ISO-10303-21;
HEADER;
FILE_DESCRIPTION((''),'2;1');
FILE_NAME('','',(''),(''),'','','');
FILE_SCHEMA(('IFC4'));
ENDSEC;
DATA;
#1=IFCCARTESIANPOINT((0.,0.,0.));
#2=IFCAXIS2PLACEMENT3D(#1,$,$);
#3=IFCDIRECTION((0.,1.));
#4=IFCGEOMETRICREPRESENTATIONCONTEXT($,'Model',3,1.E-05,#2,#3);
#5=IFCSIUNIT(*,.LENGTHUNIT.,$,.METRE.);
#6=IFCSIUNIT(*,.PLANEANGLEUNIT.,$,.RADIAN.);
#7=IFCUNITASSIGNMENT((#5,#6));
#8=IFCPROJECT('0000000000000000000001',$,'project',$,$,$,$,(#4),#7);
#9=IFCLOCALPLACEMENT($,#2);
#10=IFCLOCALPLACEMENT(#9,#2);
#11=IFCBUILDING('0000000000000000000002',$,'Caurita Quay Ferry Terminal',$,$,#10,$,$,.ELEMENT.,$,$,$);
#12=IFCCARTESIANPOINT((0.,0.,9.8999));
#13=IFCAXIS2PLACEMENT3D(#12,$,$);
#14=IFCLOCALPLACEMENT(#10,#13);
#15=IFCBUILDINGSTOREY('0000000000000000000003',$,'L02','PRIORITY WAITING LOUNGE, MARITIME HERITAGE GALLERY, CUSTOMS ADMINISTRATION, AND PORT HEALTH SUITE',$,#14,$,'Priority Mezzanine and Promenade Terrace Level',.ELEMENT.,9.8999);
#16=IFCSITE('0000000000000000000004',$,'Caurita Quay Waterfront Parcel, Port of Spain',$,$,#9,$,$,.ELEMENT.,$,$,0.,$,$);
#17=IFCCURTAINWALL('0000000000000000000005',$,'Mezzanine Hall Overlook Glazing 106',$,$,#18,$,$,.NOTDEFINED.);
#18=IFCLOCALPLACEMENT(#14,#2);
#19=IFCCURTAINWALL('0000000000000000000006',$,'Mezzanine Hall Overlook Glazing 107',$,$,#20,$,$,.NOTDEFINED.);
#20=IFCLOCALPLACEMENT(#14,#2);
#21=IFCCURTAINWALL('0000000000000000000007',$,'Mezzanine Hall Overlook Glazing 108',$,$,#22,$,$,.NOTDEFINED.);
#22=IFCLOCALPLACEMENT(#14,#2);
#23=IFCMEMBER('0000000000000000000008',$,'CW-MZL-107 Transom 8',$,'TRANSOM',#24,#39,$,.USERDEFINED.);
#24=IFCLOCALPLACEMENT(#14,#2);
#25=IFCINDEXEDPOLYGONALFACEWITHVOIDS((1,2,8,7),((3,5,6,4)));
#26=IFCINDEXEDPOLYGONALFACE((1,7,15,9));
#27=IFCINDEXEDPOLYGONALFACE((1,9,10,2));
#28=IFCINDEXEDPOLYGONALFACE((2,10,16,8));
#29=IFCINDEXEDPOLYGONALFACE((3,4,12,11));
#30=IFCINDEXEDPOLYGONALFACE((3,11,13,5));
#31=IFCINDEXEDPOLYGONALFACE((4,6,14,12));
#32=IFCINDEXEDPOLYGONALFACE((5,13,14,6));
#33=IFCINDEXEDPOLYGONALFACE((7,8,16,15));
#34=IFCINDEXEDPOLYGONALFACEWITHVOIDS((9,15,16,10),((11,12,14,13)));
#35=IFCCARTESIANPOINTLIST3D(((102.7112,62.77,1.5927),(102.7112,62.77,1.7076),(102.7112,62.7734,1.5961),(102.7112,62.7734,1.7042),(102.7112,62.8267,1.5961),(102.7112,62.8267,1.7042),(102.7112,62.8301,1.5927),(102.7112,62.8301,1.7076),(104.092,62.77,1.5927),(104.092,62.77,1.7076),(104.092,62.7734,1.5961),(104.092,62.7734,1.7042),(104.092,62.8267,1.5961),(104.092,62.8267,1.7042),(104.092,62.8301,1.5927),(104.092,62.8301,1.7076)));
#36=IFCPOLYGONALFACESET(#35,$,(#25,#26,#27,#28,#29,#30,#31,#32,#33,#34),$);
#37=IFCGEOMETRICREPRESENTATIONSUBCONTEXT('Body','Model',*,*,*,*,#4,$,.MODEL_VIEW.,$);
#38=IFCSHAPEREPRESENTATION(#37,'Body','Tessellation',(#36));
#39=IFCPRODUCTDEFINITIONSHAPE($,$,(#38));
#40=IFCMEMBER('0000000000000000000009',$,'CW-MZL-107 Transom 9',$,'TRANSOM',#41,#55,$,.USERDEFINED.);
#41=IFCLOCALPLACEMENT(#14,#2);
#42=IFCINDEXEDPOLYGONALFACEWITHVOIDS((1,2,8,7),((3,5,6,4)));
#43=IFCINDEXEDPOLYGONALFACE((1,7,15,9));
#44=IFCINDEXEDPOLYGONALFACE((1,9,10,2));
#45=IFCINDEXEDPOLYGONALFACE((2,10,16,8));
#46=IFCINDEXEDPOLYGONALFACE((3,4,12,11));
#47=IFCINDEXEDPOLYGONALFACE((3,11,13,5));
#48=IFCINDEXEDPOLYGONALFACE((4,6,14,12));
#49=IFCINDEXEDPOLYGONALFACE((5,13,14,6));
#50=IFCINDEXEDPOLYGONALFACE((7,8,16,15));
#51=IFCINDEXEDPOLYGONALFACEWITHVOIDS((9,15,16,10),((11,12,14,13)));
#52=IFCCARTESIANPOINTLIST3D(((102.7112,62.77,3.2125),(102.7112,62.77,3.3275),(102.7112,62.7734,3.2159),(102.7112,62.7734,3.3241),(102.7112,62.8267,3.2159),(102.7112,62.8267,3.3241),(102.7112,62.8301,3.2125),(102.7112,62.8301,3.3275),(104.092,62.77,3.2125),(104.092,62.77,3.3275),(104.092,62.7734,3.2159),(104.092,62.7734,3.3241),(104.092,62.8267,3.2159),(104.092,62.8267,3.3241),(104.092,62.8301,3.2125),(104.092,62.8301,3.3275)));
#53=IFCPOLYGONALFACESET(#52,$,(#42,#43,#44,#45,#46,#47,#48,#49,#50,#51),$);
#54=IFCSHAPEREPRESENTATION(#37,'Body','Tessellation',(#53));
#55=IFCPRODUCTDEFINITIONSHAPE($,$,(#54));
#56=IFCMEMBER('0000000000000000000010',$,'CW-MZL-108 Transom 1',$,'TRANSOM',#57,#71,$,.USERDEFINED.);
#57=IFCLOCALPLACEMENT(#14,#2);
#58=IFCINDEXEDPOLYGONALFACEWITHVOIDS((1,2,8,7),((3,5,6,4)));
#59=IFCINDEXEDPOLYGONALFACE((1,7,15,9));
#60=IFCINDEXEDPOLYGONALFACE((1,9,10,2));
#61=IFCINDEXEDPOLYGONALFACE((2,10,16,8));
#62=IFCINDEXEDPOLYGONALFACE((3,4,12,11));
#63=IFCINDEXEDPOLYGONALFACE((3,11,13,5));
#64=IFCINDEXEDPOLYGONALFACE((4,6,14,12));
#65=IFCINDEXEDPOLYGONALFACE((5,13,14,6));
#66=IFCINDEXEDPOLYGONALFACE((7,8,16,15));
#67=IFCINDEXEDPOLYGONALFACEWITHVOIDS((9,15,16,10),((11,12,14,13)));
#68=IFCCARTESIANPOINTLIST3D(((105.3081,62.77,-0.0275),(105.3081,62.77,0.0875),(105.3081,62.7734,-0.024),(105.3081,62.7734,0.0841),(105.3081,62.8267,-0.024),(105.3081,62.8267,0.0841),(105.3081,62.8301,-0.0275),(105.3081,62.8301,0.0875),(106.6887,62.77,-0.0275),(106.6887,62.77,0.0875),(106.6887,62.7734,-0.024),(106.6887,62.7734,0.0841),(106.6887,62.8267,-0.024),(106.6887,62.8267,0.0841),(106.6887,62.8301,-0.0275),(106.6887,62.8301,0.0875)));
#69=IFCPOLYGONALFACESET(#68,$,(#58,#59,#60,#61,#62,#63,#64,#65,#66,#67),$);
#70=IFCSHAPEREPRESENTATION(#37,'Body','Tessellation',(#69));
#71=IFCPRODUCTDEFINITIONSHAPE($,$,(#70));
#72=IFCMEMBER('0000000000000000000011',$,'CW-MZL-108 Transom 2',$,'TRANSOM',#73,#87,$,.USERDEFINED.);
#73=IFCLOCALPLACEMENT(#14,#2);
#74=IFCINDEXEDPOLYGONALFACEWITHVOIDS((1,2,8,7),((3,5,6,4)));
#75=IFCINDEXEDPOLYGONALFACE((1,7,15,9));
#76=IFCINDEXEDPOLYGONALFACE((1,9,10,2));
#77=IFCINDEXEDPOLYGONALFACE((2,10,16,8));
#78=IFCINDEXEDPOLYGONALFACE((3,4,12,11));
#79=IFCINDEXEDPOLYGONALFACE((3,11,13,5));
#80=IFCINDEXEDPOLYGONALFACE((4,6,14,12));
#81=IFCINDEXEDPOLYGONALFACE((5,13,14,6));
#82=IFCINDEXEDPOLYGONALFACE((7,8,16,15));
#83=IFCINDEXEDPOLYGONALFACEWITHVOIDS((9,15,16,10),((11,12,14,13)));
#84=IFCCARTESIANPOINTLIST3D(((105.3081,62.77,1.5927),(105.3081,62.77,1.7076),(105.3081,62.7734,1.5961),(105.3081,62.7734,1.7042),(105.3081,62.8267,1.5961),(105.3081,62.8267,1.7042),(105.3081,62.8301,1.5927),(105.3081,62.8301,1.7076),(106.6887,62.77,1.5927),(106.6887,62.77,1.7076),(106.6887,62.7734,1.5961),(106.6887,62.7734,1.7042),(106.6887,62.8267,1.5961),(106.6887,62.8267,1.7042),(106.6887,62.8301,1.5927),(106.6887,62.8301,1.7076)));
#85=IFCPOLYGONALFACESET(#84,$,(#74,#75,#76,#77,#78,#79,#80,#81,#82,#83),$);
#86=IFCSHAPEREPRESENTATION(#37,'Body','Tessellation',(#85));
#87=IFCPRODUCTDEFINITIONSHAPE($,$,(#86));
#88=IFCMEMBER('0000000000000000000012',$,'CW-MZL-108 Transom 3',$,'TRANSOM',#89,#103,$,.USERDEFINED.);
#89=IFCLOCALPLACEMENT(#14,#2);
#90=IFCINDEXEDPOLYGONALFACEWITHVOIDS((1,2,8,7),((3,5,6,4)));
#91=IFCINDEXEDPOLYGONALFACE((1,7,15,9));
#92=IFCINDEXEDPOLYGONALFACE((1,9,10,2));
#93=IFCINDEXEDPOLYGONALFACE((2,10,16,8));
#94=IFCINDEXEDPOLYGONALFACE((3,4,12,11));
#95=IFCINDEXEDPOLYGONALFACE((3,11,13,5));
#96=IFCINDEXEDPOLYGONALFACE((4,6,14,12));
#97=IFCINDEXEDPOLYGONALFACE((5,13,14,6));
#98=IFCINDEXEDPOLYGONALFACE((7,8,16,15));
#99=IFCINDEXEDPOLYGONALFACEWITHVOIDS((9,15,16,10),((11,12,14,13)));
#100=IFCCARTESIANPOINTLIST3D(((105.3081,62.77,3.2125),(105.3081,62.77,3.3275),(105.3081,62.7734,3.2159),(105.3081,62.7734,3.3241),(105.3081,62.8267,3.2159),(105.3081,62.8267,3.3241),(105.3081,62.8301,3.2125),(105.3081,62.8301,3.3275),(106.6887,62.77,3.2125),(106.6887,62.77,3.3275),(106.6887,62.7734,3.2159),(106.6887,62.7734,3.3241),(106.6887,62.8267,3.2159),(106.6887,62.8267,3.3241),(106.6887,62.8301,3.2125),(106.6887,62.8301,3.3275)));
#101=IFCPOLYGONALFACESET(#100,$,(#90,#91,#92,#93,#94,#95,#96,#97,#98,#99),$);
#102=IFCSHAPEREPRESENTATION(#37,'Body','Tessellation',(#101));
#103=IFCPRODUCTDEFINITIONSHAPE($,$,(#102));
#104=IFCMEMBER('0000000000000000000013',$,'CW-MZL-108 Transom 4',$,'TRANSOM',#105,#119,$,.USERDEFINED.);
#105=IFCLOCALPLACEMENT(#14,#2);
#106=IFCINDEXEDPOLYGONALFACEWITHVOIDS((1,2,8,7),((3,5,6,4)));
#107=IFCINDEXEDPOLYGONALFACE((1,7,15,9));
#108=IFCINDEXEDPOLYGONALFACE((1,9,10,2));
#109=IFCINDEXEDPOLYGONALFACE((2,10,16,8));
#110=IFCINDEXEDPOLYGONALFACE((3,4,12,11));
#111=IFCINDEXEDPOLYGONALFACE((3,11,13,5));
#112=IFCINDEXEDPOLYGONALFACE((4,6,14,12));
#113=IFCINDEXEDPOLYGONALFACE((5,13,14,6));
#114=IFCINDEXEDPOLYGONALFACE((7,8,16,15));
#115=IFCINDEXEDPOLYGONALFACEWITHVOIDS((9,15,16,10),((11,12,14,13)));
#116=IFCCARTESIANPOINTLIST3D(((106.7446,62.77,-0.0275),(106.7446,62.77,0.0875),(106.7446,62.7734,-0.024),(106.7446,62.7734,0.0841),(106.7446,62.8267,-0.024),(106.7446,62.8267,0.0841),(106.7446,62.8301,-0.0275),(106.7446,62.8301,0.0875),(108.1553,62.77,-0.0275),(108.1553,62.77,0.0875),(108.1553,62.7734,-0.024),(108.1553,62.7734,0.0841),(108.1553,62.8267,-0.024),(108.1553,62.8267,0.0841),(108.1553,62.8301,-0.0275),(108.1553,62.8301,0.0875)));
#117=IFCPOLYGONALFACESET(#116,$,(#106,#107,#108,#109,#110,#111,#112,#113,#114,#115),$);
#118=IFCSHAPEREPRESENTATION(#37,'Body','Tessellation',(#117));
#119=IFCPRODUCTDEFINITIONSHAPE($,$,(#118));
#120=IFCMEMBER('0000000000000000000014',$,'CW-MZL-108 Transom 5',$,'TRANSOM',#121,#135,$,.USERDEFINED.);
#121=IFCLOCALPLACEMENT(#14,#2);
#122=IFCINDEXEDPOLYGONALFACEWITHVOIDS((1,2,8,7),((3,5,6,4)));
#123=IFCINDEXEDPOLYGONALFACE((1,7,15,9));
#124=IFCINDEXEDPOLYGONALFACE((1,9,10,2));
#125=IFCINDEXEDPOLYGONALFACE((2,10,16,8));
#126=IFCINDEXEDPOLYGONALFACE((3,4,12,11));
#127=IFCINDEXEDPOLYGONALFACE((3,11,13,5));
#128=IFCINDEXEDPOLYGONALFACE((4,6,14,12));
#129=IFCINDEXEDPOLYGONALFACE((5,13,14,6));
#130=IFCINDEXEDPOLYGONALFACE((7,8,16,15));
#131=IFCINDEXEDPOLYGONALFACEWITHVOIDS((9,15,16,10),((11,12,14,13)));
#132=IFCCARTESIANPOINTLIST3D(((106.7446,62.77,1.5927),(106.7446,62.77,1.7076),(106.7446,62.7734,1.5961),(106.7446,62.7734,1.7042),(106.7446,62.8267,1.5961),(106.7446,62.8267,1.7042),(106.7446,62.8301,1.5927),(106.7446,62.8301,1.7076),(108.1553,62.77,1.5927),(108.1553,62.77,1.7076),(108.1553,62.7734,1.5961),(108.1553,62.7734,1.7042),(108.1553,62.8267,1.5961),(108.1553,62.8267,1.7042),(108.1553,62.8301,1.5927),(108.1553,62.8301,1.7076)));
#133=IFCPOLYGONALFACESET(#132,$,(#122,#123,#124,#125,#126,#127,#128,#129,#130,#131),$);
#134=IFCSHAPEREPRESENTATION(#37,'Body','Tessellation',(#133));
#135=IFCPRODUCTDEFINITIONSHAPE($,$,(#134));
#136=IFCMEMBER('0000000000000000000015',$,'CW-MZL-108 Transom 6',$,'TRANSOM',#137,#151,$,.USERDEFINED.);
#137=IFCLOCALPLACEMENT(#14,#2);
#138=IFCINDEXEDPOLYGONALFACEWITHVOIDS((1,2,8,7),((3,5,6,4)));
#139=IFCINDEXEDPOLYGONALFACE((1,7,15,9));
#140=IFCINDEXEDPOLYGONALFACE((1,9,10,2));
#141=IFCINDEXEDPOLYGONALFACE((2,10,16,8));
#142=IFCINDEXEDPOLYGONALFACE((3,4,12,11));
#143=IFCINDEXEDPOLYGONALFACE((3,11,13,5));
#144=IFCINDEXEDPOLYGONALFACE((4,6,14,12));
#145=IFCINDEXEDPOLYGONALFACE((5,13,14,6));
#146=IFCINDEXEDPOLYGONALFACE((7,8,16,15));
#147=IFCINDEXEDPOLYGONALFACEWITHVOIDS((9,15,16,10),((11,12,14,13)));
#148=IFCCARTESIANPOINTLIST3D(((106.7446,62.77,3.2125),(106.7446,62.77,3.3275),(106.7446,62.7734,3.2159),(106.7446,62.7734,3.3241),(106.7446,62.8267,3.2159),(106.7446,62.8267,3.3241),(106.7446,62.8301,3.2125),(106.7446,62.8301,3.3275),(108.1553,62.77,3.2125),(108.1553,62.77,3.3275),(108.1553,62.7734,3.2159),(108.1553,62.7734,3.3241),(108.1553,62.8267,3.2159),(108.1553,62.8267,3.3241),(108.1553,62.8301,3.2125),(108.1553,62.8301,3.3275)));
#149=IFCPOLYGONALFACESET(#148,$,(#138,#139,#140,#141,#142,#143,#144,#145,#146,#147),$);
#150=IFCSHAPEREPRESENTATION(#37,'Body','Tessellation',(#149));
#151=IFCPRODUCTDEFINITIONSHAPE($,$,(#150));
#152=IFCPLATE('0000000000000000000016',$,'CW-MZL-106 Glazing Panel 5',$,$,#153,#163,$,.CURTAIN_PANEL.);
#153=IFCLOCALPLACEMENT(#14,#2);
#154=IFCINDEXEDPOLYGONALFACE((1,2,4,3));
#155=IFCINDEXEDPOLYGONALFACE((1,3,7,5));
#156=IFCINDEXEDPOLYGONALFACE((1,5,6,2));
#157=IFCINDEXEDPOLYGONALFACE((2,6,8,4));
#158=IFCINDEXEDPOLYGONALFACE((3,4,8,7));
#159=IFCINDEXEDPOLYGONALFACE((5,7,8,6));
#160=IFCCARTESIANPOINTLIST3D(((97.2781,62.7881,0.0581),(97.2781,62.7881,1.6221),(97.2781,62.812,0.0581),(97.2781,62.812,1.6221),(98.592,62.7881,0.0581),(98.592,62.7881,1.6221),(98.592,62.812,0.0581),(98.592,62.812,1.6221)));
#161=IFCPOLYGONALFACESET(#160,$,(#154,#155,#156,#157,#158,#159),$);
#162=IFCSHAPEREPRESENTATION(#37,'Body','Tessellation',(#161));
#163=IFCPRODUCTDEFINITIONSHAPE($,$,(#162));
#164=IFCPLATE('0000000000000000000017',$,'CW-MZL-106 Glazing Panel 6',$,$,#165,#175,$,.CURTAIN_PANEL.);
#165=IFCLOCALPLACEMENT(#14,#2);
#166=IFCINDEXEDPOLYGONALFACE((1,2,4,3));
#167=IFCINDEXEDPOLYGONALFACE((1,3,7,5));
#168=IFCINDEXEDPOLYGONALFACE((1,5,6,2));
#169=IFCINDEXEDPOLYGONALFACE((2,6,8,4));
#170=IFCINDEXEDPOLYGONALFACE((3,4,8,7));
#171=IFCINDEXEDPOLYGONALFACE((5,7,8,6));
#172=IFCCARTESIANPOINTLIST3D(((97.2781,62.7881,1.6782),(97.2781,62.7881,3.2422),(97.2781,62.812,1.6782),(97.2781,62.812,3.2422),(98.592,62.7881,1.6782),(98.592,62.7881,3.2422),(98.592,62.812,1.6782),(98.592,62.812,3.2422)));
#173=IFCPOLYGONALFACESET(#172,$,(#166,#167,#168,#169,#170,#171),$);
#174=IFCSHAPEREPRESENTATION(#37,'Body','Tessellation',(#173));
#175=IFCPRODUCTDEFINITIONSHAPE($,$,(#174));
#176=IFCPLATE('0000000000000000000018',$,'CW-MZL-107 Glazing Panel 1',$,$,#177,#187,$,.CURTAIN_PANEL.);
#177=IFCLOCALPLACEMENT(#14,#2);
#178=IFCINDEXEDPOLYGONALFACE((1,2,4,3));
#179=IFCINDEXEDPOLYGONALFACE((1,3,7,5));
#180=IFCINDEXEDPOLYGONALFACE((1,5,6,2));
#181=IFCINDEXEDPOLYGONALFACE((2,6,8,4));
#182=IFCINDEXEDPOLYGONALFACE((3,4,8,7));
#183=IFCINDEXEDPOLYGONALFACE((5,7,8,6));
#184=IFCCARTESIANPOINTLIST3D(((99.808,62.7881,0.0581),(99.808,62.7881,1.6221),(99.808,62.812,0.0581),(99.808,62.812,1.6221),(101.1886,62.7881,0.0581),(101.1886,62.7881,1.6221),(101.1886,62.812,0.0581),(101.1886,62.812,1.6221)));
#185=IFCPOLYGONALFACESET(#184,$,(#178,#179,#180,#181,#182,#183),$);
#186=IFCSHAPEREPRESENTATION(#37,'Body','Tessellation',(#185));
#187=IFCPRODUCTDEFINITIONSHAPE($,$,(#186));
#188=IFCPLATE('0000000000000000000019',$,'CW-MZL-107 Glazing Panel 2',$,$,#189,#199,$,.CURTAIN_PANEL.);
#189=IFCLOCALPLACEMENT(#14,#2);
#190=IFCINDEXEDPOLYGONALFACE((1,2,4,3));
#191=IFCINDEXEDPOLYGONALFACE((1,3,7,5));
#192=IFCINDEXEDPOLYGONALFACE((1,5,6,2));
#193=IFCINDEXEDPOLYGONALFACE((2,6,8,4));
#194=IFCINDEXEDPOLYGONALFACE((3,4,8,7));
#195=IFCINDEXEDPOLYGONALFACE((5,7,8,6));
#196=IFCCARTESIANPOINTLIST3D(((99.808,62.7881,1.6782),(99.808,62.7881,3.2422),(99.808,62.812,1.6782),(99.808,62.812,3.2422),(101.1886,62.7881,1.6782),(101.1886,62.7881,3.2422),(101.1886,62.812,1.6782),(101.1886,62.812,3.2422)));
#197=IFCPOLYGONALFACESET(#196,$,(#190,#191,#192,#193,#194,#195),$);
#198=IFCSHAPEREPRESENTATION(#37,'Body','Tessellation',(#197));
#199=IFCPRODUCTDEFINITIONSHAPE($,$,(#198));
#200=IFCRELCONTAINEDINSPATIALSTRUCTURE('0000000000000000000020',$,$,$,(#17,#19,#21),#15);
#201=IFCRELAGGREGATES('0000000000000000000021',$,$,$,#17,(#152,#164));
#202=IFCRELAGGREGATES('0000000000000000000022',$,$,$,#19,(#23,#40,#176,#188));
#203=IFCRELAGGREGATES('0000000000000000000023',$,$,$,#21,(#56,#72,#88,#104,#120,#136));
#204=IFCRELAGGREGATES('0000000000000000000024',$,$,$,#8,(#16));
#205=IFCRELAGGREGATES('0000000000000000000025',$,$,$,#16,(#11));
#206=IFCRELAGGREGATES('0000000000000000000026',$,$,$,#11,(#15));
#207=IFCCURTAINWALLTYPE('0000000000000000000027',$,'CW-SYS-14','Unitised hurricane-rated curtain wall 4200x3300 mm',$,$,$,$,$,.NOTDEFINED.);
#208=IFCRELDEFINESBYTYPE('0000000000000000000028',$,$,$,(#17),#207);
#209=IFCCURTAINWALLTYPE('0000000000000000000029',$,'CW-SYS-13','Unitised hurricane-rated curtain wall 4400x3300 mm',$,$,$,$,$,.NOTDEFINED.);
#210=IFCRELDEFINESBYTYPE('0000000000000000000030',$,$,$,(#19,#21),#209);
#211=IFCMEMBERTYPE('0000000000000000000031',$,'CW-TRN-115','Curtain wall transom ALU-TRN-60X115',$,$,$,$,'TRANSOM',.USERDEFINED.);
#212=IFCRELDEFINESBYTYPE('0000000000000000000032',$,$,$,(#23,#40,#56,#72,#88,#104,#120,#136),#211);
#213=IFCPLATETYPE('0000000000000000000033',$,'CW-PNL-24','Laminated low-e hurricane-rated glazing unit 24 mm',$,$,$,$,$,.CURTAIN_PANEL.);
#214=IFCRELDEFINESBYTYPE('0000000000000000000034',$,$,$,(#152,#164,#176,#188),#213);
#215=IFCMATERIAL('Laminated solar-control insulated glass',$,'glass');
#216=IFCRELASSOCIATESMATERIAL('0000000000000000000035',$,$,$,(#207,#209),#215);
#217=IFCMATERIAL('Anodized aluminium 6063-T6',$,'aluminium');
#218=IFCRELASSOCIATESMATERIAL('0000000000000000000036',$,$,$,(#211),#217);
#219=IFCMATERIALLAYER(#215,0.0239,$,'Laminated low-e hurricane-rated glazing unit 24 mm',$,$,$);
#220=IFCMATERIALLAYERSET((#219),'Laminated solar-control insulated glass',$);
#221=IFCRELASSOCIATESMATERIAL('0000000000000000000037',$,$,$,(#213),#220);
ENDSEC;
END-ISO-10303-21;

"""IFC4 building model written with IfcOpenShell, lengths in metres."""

from ifc_helpers import new_model, si_unit, direction, frame, origin, origin_2d, place, context, subcontext, project, spatial, rectangle, hollow_rectangle, extrude, material, layer, layer_set, material_profile, profile_set, type_object, element, aggregate, save


model = new_model("IFC4")

# Units and contexts
model_context = context("Model", 3, precision=1e-05, world=origin(), true_north=direction((0.0, 1.0)))
body_context = subcontext(model_context, "Body", "Model", "MODEL_VIEW")
ifc_project = project(units=[si_unit("LENGTHUNIT", "METRE"), si_unit("PLANEANGLEUNIT", "RADIAN")], contexts=[model_context])

# Site, building, storey
site_placement = place(None, origin())
site = spatial("IfcSite", under=ifc_project, at=site_placement, Name="Caurita Quay Waterfront Parcel, Port of Spain", CompositionType="ELEMENT", RefElevation=0.0)
building_placement = place(site_placement, origin())
building = spatial("IfcBuilding", under=site, at=building_placement, Name="Caurita Quay Ferry Terminal", CompositionType="ELEMENT")
storey_placement = place(building_placement, frame((0.0, 0.0, 9.8999)))
storey = spatial("IfcBuildingStorey", under=building, at=storey_placement, Name="L02", Description="PRIORITY WAITING LOUNGE, MARITIME HERITAGE GALLERY, CUSTOMS ADMINISTRATION, AND PORT HEALTH SUITE", LongName="Priority Mezzanine and Promenade Terrace Level", CompositionType="ELEMENT", Elevation=9.8999)

# Curtain walls
ifc_material_1 = material(Name="Laminated solar-control insulated glass", Category="glass")
curtain_wall_type_1 = type_object("IfcCurtainWallType", Name="CW-SYS-14", Description="Unitised hurricane-rated curtain wall 4200x3300 mm", PredefinedType="NOTDEFINED", material=ifc_material_1)
curtain_wall_1_placement = place(storey_placement, origin())
curtain_wall_1 = element("IfcCurtainWall", 1, at=curtain_wall_1_placement, inside=storey, type_object=curtain_wall_type_1, Name="Mezzanine Hall Overlook Glazing 106", PredefinedType="NOTDEFINED")
ifc_material_2 = material(Name="Anodized aluminium 6063-T6", Category="aluminium")
curtain_wall_type_2 = type_object("IfcCurtainWallType", Name="CW-SYS-13", Description="Unitised hurricane-rated curtain wall 4400x3300 mm", PredefinedType="NOTDEFINED", material=ifc_material_1)
curtain_wall_2_placement = place(storey_placement, origin())
curtain_wall_2 = element("IfcCurtainWall", 2, at=curtain_wall_2_placement, inside=storey, type_object=curtain_wall_type_2, Name="Mezzanine Hall Overlook Glazing 107", PredefinedType="NOTDEFINED")
curtain_wall_3_placement = place(storey_placement, origin())
curtain_wall_3 = element("IfcCurtainWall", 3, at=curtain_wall_3_placement, inside=storey, type_object=curtain_wall_type_2, Name="Mezzanine Hall Overlook Glazing 108", PredefinedType="NOTDEFINED")

# Members
ifc_material_profile_1 = material_profile(ifc_material_2, hollow_rectangle(XDim=0.0601, YDim=0.115, WallThickness=0.0034, at=origin_2d()), Name="ALU-TRN-60X115")
ifc_profile_set_1 = profile_set([ifc_material_profile_1], Name="Anodized aluminium 6063-T6")
member_type_1 = type_object("IfcMemberType", Name="CW-TRN-115", Description="Curtain wall transom ALU-TRN-60X115", ElementType="TRANSOM", PredefinedType="USERDEFINED", material=ifc_profile_set_1)
member_1_placement = place(storey_placement, frame((102.7112, 62.8, 1.6501), z_axis=(1.0, 0.0, 0.0), x_axis=(0.0, 1.0, 0.0)))
member_1 = element("IfcMember", 4, at=member_1_placement, type_object=member_type_1, Name="CW-MZL-107 Transom 8", ObjectType="TRANSOM", PredefinedType="USERDEFINED", context=body_context, shape_type="SweptSolid", body=[
    extrude(hollow_rectangle(XDim=0.0601, YDim=0.115, WallThickness=0.0034, at=origin_2d()), origin(), (0.0, 0.0, 1.0), 1.3809),
])
member_2_placement = place(storey_placement, frame((102.7112, 62.8, 3.27), z_axis=(1.0, 0.0, 0.0), x_axis=(0.0, 1.0, 0.0)))
member_2 = element("IfcMember", 5, at=member_2_placement, type_object=member_type_1, Name="CW-MZL-107 Transom 9", ObjectType="TRANSOM", PredefinedType="USERDEFINED", context=body_context, shape_type="SweptSolid", body=[
    extrude(hollow_rectangle(XDim=0.0601, YDim=0.115, WallThickness=0.0034, at=origin_2d()), origin(), (0.0, 0.0, 1.0), 1.3809),
])
member_3_placement = place(storey_placement, frame((105.3081, 62.8, 0.03), z_axis=(1.0, 0.0, 0.0), x_axis=(0.0, 1.0, 0.0)))
member_3 = element("IfcMember", 6, at=member_3_placement, type_object=member_type_1, Name="CW-MZL-108 Transom 1", ObjectType="TRANSOM", PredefinedType="USERDEFINED", context=body_context, shape_type="SweptSolid", body=[
    extrude(hollow_rectangle(XDim=0.0601, YDim=0.115, WallThickness=0.0034, at=origin_2d()), origin(), (0.0, 0.0, 1.0), 1.3806),
])
member_4_placement = place(storey_placement, frame((105.3081, 62.8, 1.6501), z_axis=(1.0, 0.0, 0.0), x_axis=(0.0, 1.0, 0.0)))
member_4 = element("IfcMember", 7, at=member_4_placement, type_object=member_type_1, Name="CW-MZL-108 Transom 2", ObjectType="TRANSOM", PredefinedType="USERDEFINED", context=body_context, shape_type="SweptSolid", body=[
    extrude(hollow_rectangle(XDim=0.0601, YDim=0.115, WallThickness=0.0034, at=origin_2d()), origin(), (0.0, 0.0, 1.0), 1.3806),
])
member_5_placement = place(storey_placement, frame((105.3081, 62.8, 3.27), z_axis=(1.0, 0.0, 0.0), x_axis=(0.0, 1.0, 0.0)))
member_5 = element("IfcMember", 8, at=member_5_placement, type_object=member_type_1, Name="CW-MZL-108 Transom 3", ObjectType="TRANSOM", PredefinedType="USERDEFINED", context=body_context, shape_type="SweptSolid", body=[
    extrude(hollow_rectangle(XDim=0.0601, YDim=0.115, WallThickness=0.0034, at=origin_2d()), origin(), (0.0, 0.0, 1.0), 1.3806),
])
member_6_placement = place(storey_placement, frame((106.7446, 62.8, 0.03), z_axis=(1.0, 0.0, 0.0), x_axis=(0.0, 1.0, 0.0)))
member_6 = element("IfcMember", 9, at=member_6_placement, type_object=member_type_1, Name="CW-MZL-108 Transom 4", ObjectType="TRANSOM", PredefinedType="USERDEFINED", context=body_context, shape_type="SweptSolid", body=[
    extrude(hollow_rectangle(XDim=0.0601, YDim=0.115, WallThickness=0.0034, at=origin_2d()), origin(), (0.0, 0.0, 1.0), 1.4106),
])
member_7_placement = place(storey_placement, frame((106.7446, 62.8, 1.6501), z_axis=(1.0, 0.0, 0.0), x_axis=(0.0, 1.0, 0.0)))
member_7 = element("IfcMember", 10, at=member_7_placement, type_object=member_type_1, Name="CW-MZL-108 Transom 5", ObjectType="TRANSOM", PredefinedType="USERDEFINED", context=body_context, shape_type="SweptSolid", body=[
    extrude(hollow_rectangle(XDim=0.0601, YDim=0.115, WallThickness=0.0034, at=origin_2d()), origin(), (0.0, 0.0, 1.0), 1.4106),
])
member_8_placement = place(storey_placement, frame((106.7446, 62.8, 3.27), z_axis=(1.0, 0.0, 0.0), x_axis=(0.0, 1.0, 0.0)))
member_8 = element("IfcMember", 11, at=member_8_placement, type_object=member_type_1, Name="CW-MZL-108 Transom 6", ObjectType="TRANSOM", PredefinedType="USERDEFINED", context=body_context, shape_type="SweptSolid", body=[
    extrude(hollow_rectangle(XDim=0.0601, YDim=0.115, WallThickness=0.0034, at=origin_2d()), origin(), (0.0, 0.0, 1.0), 1.4106),
])

# Plates
ifc_layer = layer(ifc_material_1, 0.0239, Name="Laminated low-e hurricane-rated glazing unit 24 mm")
ifc_layer_set = layer_set([ifc_layer], Name="Laminated solar-control insulated glass")
plate_type = type_object("IfcPlateType", Name="CW-PNL-24", Description="Laminated low-e hurricane-rated glazing unit 24 mm", PredefinedType="CURTAIN_PANEL", material=ifc_layer_set)
plate_1_placement = place(storey_placement, frame((97.9351, 62.8, 0.0581), z_axis=(0.0, 0.0, 1.0), x_axis=(1.0, 0.0, 0.0)))
plate_1 = element("IfcPlate", 12, at=plate_1_placement, type_object=plate_type, Name="CW-MZL-106 Glazing Panel 5", PredefinedType="CURTAIN_PANEL", context=body_context, shape_type="SweptSolid", body=[
    extrude(rectangle(XDim=1.314, YDim=0.0239, at=origin_2d()), origin(), (0.0, 0.0, 1.0), 1.564),
])
plate_2_placement = place(storey_placement, frame((97.9351, 62.8, 1.6782), z_axis=(0.0, 0.0, 1.0), x_axis=(1.0, 0.0, 0.0)))
plate_2 = element("IfcPlate", 13, at=plate_2_placement, type_object=plate_type, Name="CW-MZL-106 Glazing Panel 6", PredefinedType="CURTAIN_PANEL", context=body_context, shape_type="SweptSolid", body=[
    extrude(rectangle(XDim=1.314, YDim=0.0239, at=origin_2d()), origin(), (0.0, 0.0, 1.0), 1.564),
])
aggregate(curtain_wall_1, [plate_1, plate_2])
plate_3_placement = place(storey_placement, frame((100.4983, 62.8, 0.0581), z_axis=(0.0, 0.0, 1.0), x_axis=(1.0, 0.0, 0.0)))
plate_3 = element("IfcPlate", 14, at=plate_3_placement, type_object=plate_type, Name="CW-MZL-107 Glazing Panel 1", PredefinedType="CURTAIN_PANEL", context=body_context, shape_type="SweptSolid", body=[
    extrude(rectangle(XDim=1.3806, YDim=0.0239, at=origin_2d()), origin(), (0.0, 0.0, 1.0), 1.564),
])
plate_4_placement = place(storey_placement, frame((100.4983, 62.8, 1.6782), z_axis=(0.0, 0.0, 1.0), x_axis=(1.0, 0.0, 0.0)))
plate_4 = element("IfcPlate", 15, at=plate_4_placement, type_object=plate_type, Name="CW-MZL-107 Glazing Panel 2", PredefinedType="CURTAIN_PANEL", context=body_context, shape_type="SweptSolid", body=[
    extrude(rectangle(XDim=1.3806, YDim=0.0239, at=origin_2d()), origin(), (0.0, 0.0, 1.0), 1.564),
])
aggregate(curtain_wall_2, [member_1, member_2, plate_3, plate_4])
aggregate(curtain_wall_3, [member_3, member_4, member_5, member_6, member_7, member_8])

save(model, "model.ifc")
